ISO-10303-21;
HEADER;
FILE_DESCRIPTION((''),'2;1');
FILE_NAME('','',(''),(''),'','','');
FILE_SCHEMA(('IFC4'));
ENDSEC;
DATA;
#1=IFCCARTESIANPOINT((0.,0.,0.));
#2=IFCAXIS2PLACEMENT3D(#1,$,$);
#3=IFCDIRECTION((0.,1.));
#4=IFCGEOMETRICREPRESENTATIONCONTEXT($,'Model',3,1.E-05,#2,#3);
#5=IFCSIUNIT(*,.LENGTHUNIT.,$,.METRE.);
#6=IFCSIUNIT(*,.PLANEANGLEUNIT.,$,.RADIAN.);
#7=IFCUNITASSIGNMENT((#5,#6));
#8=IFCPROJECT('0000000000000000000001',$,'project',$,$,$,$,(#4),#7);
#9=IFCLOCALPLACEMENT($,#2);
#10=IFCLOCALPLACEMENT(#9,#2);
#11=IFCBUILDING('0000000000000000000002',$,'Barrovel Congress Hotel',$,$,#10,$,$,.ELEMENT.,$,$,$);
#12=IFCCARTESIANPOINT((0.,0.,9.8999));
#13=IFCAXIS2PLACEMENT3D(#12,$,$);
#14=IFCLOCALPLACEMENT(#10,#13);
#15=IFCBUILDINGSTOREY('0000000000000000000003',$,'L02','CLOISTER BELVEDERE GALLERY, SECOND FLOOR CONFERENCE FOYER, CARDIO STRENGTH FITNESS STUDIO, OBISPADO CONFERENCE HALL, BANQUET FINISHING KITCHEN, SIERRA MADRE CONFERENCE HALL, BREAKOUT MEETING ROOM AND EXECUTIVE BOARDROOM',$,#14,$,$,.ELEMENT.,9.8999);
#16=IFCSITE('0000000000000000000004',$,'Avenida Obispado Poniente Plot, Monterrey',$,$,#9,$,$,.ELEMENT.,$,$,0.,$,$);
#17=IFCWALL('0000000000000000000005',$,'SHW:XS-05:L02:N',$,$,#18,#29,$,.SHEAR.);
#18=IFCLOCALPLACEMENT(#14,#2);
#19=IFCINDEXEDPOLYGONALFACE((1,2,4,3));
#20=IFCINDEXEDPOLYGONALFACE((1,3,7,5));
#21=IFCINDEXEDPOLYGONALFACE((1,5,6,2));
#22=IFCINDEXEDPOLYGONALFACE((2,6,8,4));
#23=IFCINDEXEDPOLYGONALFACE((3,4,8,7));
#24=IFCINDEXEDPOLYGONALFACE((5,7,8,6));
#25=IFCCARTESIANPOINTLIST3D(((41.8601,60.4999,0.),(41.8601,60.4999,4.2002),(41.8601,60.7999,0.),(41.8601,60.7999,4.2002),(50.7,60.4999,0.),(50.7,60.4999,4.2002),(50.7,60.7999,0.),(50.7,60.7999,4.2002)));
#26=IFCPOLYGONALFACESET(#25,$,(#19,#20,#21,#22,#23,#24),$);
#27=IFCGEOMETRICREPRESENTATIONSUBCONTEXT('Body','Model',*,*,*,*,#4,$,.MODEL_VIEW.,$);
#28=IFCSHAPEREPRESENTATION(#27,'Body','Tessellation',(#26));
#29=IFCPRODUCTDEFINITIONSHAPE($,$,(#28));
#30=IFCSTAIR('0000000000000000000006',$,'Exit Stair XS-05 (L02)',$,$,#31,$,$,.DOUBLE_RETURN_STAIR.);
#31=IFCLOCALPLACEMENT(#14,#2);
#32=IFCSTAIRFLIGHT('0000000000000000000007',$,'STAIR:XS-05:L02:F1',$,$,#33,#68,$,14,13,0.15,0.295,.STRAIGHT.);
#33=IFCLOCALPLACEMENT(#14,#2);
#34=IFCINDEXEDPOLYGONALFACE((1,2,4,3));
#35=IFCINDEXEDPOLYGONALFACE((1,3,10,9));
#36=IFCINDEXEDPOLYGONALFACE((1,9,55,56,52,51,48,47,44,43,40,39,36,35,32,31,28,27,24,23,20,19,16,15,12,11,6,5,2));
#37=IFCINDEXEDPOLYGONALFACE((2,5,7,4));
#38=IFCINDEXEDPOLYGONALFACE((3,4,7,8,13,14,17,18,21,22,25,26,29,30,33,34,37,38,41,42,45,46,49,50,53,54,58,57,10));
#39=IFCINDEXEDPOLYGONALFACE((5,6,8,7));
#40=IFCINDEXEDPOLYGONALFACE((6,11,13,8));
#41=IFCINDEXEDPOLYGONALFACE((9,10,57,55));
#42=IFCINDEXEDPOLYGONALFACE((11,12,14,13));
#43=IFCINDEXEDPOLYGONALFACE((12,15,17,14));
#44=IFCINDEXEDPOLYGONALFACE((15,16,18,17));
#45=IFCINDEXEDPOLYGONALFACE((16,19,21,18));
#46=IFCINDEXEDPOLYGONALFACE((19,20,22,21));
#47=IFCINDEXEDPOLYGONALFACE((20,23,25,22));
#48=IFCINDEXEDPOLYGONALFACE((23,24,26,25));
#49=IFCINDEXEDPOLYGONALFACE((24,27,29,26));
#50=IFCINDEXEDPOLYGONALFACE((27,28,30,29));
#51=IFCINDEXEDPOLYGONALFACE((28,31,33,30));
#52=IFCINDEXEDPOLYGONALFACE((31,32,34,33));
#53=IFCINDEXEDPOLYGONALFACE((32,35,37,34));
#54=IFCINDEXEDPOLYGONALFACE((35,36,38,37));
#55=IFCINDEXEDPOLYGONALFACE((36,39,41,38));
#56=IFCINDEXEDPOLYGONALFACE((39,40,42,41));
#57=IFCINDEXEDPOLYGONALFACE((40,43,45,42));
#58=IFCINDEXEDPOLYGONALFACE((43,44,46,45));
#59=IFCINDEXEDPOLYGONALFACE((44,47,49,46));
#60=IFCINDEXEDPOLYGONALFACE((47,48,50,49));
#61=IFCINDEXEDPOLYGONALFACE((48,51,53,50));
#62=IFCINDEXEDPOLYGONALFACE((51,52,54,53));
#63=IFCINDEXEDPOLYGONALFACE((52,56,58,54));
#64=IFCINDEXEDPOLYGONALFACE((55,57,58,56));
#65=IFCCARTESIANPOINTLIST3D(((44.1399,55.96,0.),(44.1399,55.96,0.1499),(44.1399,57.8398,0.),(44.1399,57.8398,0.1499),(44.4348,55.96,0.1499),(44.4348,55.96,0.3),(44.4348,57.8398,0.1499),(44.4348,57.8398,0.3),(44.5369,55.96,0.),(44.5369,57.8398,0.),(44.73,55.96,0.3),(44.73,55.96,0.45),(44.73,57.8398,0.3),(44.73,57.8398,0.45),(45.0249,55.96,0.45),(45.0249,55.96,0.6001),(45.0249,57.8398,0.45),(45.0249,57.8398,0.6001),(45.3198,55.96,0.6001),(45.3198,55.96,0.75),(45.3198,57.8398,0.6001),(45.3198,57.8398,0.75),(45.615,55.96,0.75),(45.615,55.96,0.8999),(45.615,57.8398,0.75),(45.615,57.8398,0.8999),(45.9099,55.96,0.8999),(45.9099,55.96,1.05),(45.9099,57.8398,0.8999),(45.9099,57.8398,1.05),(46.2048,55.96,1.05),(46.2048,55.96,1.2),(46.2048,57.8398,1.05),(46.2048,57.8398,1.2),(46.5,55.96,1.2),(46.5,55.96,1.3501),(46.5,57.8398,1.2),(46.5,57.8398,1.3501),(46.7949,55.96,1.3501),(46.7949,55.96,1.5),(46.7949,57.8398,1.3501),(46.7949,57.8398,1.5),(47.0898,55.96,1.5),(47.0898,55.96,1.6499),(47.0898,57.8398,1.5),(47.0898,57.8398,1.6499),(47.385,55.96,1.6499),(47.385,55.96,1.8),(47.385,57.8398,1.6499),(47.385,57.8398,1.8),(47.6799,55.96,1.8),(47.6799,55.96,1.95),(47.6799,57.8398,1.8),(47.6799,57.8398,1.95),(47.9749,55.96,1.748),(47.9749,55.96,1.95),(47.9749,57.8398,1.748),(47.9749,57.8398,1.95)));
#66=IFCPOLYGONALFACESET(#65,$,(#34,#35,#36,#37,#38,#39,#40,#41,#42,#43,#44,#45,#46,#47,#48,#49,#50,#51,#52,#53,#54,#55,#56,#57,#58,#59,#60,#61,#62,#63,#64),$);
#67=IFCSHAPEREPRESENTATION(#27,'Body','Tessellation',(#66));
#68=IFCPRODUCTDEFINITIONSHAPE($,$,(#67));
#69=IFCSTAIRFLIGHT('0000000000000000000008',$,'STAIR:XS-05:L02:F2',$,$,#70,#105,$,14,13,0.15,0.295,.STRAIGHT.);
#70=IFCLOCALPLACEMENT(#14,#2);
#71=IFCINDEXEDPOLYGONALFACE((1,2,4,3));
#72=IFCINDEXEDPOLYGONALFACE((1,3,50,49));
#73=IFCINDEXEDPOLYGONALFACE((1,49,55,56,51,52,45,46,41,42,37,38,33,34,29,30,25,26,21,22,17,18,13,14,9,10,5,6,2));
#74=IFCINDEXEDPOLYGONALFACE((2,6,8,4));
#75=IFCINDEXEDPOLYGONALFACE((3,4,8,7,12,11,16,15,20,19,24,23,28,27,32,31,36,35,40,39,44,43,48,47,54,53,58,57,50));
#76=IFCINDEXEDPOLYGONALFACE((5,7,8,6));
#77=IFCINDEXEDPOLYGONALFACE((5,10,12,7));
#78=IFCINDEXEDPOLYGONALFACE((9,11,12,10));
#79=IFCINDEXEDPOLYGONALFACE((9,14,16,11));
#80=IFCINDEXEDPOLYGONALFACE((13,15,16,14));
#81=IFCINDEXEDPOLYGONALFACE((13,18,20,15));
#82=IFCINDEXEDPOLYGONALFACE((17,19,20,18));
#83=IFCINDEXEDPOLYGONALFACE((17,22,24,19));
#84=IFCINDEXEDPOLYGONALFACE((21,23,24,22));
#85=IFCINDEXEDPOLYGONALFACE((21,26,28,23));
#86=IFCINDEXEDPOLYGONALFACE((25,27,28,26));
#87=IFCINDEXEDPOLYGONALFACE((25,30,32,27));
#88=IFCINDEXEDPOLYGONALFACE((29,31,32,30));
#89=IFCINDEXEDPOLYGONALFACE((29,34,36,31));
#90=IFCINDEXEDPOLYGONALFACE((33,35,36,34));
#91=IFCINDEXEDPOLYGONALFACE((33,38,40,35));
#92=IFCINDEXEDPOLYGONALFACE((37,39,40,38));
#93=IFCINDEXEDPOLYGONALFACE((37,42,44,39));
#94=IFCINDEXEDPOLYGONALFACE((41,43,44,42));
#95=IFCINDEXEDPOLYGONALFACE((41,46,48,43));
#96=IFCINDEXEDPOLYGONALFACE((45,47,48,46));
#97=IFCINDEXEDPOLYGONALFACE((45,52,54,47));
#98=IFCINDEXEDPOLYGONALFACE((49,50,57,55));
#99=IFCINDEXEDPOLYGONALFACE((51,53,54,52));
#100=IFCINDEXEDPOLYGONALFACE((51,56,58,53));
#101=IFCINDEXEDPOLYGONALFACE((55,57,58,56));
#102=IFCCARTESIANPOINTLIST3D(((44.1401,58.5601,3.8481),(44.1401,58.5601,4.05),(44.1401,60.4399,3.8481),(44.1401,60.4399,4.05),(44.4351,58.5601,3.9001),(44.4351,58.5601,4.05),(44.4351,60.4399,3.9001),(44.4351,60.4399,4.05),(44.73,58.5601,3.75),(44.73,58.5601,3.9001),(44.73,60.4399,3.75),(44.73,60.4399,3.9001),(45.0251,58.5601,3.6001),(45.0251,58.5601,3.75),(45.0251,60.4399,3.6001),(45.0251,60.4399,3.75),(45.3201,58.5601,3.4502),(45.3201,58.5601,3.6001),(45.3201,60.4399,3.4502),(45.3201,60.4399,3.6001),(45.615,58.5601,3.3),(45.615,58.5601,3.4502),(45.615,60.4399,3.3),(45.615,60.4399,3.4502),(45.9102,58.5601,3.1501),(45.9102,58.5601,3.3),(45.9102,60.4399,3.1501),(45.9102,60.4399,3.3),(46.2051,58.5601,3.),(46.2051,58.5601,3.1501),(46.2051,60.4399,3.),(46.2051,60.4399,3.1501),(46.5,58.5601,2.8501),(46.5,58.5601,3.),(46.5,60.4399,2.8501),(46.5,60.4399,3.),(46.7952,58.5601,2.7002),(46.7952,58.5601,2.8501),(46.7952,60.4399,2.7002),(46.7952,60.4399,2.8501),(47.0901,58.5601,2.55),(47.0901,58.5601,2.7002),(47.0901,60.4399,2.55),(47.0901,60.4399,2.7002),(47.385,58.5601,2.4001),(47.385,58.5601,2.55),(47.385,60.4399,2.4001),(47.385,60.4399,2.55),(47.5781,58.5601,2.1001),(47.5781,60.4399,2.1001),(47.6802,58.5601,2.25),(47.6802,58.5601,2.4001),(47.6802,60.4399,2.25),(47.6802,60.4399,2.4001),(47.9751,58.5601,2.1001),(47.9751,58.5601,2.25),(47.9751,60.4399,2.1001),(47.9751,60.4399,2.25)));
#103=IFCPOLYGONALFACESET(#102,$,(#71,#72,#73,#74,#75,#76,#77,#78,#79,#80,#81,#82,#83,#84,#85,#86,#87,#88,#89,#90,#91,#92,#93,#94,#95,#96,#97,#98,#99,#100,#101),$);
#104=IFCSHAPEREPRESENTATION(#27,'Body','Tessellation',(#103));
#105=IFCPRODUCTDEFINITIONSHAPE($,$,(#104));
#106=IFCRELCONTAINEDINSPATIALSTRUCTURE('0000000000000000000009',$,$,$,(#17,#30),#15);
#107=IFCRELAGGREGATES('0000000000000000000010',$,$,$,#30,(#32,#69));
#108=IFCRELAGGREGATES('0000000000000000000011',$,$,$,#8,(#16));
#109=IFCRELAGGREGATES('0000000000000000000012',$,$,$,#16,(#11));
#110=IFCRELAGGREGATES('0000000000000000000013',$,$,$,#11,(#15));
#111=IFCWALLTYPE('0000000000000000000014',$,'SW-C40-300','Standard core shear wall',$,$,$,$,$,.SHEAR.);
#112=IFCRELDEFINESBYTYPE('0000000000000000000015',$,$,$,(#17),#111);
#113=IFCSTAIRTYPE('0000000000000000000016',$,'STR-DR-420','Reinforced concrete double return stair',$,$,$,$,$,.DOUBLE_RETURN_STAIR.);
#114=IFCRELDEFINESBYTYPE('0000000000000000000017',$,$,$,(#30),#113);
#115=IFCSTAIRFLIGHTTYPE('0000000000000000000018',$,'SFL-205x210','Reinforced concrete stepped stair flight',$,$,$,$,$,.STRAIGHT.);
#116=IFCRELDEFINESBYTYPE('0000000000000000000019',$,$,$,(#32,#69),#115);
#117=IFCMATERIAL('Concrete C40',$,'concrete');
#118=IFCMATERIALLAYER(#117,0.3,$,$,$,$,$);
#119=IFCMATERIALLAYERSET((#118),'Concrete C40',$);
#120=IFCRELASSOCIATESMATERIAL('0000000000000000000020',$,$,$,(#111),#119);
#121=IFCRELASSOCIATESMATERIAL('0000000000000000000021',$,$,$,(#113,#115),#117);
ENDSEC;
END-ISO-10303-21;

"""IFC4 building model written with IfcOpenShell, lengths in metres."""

from ifc_helpers import new_model, si_unit, direction, frame, frame_2d, origin, place, context, subcontext, project, spatial, polyline, rectangle, outline, extrude, material, layer, layer_set, type_object, element, aggregate, save


model = new_model("IFC4")

# Units and contexts
model_context = context("Model", 3, precision=1e-05, world=origin(), true_north=direction((0.0, 1.0)))
body_context = subcontext(model_context, "Body", "Model", "MODEL_VIEW")
ifc_project = project(units=[si_unit("LENGTHUNIT", "METRE"), si_unit("PLANEANGLEUNIT", "RADIAN")], contexts=[model_context])

# Site, building, storey
site_placement = place(None, origin())
site = spatial("IfcSite", under=ifc_project, at=site_placement, Name="Avenida Obispado Poniente Plot, Monterrey", CompositionType="ELEMENT", RefElevation=0.0)
building_placement = place(site_placement, origin())
building = spatial("IfcBuilding", under=site, at=building_placement, Name="Barrovel Congress Hotel", CompositionType="ELEMENT")
storey_placement = place(building_placement, frame((0.0, 0.0, 9.8999)))
storey = spatial("IfcBuildingStorey", under=building, at=storey_placement, Name="L02", Description="CLOISTER BELVEDERE GALLERY, SECOND FLOOR CONFERENCE FOYER, CARDIO STRENGTH FITNESS STUDIO, OBISPADO CONFERENCE HALL, BANQUET FINISHING KITCHEN, SIERRA MADRE CONFERENCE HALL, BREAKOUT MEETING ROOM AND EXECUTIVE BOARDROOM", CompositionType="ELEMENT", Elevation=9.8999)

# Shared definitions
ifc_material_1 = material(Name="Concrete C40", Category="concrete")

# Wall
ifc_layer_1 = layer(ifc_material_1, 0.3)
ifc_layer_set_1 = layer_set([ifc_layer_1], Name="Concrete C40")
wall_type_1 = type_object("IfcWallType", Name="SW-C40-300", Description="Standard core shear wall", PredefinedType="SHEAR", material=ifc_layer_set_1)
wall_1_placement = place(storey_placement, frame((50.7, 60.6499, 0.0), z_axis=(0.0, 0.0, 1.0), x_axis=(-1.0, 0.0, 0.0)))
element("IfcWall", 1, at=wall_1_placement, inside=storey, type_object=wall_type_1, Name="SHW:XS-05:L02:N", PredefinedType="SHEAR", context=body_context, shape_type="SweptSolid", body=[
    extrude(rectangle(XDim=8.8398, YDim=0.3, at=frame_2d((4.4199, 0.0))), origin(), (0.0, 0.0, 1.0), 4.2002),
])

# Stair, stair flights
stair_type = type_object("IfcStairType", Name="STR-DR-420", Description="Reinforced concrete double return stair", PredefinedType="DOUBLE_RETURN_STAIR", material=ifc_material_1)
stair_placement = place(storey_placement, origin())
stair = element("IfcStair", 2, at=stair_placement, inside=storey, type_object=stair_type, Name="Exit Stair XS-05 (L02)", PredefinedType="DOUBLE_RETURN_STAIR")
stair_flight_type = type_object("IfcStairFlightType", Name="SFL-205x210", Description="Reinforced concrete stepped stair flight", PredefinedType="STRAIGHT", material=ifc_material_1)
stair_flight_1_placement = place(storey_placement, frame((44.1399, 56.8999, 0.0), z_axis=(0.0, 0.0, 1.0), x_axis=(1.0, 0.0, 0.0)))
stair_flight_1 = element("IfcStairFlight", 3, at=stair_flight_1_placement, type_object=stair_flight_type, Name="STAIR:XS-05:L02:F1", NumberOfRisers=14, NumberOfTreads=13, PredefinedType="STRAIGHT", RiserHeight=0.15, TreadLength=0.295, context=body_context, shape_type="SweptSolid", body=[
    extrude(outline(polyline([(0.0, 0.0), (0.0, 0.1499), (0.2949, 0.1499), (0.2949, 0.3), (0.5901, 0.3), (0.5901, 0.45), (0.885, 0.45), (0.885, 0.6001), (1.1799, 0.6001), (1.1799, 0.75), (1.4751, 0.75), (1.4751, 0.8999), (1.77, 0.8999), (1.77, 1.05), (2.0649, 1.05), (2.0649, 1.2), (2.3601, 1.2), (2.3601, 1.3501), (2.655, 1.3501), (2.655, 1.5), (2.95, 1.5), (2.95, 1.6499), (3.2451, 1.6499), (3.2451, 1.8), (3.54, 1.8), (3.54, 1.95), (3.835, 1.95), (3.835, 2.1001), (3.835, 1.748), (0.397, 0.0), (0.0, 0.0)])), frame((0.0, 0.9399, 0.0), z_axis=(0.0, -1.0, 0.0), x_axis=(1.0, 0.0, 0.0)), (0.0, 0.0, 1.0), 1.8799),
])
stair_flight_2_placement = place(storey_placement, frame((47.9751, 59.5, 2.1001), z_axis=(0.0, 0.0, 1.0), x_axis=(-1.0, 0.0, 0.0)))
stair_flight_2 = element("IfcStairFlight", 4, at=stair_flight_2_placement, type_object=stair_flight_type, Name="STAIR:XS-05:L02:F2", NumberOfRisers=14, NumberOfTreads=13, PredefinedType="STRAIGHT", RiserHeight=0.15, TreadLength=0.295, context=body_context, shape_type="SweptSolid", body=[
    extrude(outline(polyline([(0.0, 0.0), (0.0, 0.1499), (0.2949, 0.1499), (0.2949, 0.3), (0.5901, 0.3), (0.5901, 0.45), (0.885, 0.45), (0.885, 0.6001), (1.1799, 0.6001), (1.1799, 0.75), (1.4751, 0.75), (1.4751, 0.8999), (1.77, 0.8999), (1.77, 1.05), (2.0649, 1.05), (2.0649, 1.2), (2.3601, 1.2), (2.3601, 1.3501), (2.655, 1.3501), (2.655, 1.5), (2.95, 1.5), (2.95, 1.6499), (3.2451, 1.6499), (3.2451, 1.8), (3.54, 1.8), (3.54, 1.95), (3.835, 1.95), (3.835, 2.1001), (3.835, 1.748), (0.397, 0.0), (0.0, 0.0)])), frame((0.0, 0.9399, 0.0), z_axis=(0.0, -1.0, 0.0), x_axis=(1.0, 0.0, 0.0)), (0.0, 0.0, 1.0), 1.8799),
])
aggregate(stair, [stair_flight_1, stair_flight_2])

save(model, "model.ifc")
